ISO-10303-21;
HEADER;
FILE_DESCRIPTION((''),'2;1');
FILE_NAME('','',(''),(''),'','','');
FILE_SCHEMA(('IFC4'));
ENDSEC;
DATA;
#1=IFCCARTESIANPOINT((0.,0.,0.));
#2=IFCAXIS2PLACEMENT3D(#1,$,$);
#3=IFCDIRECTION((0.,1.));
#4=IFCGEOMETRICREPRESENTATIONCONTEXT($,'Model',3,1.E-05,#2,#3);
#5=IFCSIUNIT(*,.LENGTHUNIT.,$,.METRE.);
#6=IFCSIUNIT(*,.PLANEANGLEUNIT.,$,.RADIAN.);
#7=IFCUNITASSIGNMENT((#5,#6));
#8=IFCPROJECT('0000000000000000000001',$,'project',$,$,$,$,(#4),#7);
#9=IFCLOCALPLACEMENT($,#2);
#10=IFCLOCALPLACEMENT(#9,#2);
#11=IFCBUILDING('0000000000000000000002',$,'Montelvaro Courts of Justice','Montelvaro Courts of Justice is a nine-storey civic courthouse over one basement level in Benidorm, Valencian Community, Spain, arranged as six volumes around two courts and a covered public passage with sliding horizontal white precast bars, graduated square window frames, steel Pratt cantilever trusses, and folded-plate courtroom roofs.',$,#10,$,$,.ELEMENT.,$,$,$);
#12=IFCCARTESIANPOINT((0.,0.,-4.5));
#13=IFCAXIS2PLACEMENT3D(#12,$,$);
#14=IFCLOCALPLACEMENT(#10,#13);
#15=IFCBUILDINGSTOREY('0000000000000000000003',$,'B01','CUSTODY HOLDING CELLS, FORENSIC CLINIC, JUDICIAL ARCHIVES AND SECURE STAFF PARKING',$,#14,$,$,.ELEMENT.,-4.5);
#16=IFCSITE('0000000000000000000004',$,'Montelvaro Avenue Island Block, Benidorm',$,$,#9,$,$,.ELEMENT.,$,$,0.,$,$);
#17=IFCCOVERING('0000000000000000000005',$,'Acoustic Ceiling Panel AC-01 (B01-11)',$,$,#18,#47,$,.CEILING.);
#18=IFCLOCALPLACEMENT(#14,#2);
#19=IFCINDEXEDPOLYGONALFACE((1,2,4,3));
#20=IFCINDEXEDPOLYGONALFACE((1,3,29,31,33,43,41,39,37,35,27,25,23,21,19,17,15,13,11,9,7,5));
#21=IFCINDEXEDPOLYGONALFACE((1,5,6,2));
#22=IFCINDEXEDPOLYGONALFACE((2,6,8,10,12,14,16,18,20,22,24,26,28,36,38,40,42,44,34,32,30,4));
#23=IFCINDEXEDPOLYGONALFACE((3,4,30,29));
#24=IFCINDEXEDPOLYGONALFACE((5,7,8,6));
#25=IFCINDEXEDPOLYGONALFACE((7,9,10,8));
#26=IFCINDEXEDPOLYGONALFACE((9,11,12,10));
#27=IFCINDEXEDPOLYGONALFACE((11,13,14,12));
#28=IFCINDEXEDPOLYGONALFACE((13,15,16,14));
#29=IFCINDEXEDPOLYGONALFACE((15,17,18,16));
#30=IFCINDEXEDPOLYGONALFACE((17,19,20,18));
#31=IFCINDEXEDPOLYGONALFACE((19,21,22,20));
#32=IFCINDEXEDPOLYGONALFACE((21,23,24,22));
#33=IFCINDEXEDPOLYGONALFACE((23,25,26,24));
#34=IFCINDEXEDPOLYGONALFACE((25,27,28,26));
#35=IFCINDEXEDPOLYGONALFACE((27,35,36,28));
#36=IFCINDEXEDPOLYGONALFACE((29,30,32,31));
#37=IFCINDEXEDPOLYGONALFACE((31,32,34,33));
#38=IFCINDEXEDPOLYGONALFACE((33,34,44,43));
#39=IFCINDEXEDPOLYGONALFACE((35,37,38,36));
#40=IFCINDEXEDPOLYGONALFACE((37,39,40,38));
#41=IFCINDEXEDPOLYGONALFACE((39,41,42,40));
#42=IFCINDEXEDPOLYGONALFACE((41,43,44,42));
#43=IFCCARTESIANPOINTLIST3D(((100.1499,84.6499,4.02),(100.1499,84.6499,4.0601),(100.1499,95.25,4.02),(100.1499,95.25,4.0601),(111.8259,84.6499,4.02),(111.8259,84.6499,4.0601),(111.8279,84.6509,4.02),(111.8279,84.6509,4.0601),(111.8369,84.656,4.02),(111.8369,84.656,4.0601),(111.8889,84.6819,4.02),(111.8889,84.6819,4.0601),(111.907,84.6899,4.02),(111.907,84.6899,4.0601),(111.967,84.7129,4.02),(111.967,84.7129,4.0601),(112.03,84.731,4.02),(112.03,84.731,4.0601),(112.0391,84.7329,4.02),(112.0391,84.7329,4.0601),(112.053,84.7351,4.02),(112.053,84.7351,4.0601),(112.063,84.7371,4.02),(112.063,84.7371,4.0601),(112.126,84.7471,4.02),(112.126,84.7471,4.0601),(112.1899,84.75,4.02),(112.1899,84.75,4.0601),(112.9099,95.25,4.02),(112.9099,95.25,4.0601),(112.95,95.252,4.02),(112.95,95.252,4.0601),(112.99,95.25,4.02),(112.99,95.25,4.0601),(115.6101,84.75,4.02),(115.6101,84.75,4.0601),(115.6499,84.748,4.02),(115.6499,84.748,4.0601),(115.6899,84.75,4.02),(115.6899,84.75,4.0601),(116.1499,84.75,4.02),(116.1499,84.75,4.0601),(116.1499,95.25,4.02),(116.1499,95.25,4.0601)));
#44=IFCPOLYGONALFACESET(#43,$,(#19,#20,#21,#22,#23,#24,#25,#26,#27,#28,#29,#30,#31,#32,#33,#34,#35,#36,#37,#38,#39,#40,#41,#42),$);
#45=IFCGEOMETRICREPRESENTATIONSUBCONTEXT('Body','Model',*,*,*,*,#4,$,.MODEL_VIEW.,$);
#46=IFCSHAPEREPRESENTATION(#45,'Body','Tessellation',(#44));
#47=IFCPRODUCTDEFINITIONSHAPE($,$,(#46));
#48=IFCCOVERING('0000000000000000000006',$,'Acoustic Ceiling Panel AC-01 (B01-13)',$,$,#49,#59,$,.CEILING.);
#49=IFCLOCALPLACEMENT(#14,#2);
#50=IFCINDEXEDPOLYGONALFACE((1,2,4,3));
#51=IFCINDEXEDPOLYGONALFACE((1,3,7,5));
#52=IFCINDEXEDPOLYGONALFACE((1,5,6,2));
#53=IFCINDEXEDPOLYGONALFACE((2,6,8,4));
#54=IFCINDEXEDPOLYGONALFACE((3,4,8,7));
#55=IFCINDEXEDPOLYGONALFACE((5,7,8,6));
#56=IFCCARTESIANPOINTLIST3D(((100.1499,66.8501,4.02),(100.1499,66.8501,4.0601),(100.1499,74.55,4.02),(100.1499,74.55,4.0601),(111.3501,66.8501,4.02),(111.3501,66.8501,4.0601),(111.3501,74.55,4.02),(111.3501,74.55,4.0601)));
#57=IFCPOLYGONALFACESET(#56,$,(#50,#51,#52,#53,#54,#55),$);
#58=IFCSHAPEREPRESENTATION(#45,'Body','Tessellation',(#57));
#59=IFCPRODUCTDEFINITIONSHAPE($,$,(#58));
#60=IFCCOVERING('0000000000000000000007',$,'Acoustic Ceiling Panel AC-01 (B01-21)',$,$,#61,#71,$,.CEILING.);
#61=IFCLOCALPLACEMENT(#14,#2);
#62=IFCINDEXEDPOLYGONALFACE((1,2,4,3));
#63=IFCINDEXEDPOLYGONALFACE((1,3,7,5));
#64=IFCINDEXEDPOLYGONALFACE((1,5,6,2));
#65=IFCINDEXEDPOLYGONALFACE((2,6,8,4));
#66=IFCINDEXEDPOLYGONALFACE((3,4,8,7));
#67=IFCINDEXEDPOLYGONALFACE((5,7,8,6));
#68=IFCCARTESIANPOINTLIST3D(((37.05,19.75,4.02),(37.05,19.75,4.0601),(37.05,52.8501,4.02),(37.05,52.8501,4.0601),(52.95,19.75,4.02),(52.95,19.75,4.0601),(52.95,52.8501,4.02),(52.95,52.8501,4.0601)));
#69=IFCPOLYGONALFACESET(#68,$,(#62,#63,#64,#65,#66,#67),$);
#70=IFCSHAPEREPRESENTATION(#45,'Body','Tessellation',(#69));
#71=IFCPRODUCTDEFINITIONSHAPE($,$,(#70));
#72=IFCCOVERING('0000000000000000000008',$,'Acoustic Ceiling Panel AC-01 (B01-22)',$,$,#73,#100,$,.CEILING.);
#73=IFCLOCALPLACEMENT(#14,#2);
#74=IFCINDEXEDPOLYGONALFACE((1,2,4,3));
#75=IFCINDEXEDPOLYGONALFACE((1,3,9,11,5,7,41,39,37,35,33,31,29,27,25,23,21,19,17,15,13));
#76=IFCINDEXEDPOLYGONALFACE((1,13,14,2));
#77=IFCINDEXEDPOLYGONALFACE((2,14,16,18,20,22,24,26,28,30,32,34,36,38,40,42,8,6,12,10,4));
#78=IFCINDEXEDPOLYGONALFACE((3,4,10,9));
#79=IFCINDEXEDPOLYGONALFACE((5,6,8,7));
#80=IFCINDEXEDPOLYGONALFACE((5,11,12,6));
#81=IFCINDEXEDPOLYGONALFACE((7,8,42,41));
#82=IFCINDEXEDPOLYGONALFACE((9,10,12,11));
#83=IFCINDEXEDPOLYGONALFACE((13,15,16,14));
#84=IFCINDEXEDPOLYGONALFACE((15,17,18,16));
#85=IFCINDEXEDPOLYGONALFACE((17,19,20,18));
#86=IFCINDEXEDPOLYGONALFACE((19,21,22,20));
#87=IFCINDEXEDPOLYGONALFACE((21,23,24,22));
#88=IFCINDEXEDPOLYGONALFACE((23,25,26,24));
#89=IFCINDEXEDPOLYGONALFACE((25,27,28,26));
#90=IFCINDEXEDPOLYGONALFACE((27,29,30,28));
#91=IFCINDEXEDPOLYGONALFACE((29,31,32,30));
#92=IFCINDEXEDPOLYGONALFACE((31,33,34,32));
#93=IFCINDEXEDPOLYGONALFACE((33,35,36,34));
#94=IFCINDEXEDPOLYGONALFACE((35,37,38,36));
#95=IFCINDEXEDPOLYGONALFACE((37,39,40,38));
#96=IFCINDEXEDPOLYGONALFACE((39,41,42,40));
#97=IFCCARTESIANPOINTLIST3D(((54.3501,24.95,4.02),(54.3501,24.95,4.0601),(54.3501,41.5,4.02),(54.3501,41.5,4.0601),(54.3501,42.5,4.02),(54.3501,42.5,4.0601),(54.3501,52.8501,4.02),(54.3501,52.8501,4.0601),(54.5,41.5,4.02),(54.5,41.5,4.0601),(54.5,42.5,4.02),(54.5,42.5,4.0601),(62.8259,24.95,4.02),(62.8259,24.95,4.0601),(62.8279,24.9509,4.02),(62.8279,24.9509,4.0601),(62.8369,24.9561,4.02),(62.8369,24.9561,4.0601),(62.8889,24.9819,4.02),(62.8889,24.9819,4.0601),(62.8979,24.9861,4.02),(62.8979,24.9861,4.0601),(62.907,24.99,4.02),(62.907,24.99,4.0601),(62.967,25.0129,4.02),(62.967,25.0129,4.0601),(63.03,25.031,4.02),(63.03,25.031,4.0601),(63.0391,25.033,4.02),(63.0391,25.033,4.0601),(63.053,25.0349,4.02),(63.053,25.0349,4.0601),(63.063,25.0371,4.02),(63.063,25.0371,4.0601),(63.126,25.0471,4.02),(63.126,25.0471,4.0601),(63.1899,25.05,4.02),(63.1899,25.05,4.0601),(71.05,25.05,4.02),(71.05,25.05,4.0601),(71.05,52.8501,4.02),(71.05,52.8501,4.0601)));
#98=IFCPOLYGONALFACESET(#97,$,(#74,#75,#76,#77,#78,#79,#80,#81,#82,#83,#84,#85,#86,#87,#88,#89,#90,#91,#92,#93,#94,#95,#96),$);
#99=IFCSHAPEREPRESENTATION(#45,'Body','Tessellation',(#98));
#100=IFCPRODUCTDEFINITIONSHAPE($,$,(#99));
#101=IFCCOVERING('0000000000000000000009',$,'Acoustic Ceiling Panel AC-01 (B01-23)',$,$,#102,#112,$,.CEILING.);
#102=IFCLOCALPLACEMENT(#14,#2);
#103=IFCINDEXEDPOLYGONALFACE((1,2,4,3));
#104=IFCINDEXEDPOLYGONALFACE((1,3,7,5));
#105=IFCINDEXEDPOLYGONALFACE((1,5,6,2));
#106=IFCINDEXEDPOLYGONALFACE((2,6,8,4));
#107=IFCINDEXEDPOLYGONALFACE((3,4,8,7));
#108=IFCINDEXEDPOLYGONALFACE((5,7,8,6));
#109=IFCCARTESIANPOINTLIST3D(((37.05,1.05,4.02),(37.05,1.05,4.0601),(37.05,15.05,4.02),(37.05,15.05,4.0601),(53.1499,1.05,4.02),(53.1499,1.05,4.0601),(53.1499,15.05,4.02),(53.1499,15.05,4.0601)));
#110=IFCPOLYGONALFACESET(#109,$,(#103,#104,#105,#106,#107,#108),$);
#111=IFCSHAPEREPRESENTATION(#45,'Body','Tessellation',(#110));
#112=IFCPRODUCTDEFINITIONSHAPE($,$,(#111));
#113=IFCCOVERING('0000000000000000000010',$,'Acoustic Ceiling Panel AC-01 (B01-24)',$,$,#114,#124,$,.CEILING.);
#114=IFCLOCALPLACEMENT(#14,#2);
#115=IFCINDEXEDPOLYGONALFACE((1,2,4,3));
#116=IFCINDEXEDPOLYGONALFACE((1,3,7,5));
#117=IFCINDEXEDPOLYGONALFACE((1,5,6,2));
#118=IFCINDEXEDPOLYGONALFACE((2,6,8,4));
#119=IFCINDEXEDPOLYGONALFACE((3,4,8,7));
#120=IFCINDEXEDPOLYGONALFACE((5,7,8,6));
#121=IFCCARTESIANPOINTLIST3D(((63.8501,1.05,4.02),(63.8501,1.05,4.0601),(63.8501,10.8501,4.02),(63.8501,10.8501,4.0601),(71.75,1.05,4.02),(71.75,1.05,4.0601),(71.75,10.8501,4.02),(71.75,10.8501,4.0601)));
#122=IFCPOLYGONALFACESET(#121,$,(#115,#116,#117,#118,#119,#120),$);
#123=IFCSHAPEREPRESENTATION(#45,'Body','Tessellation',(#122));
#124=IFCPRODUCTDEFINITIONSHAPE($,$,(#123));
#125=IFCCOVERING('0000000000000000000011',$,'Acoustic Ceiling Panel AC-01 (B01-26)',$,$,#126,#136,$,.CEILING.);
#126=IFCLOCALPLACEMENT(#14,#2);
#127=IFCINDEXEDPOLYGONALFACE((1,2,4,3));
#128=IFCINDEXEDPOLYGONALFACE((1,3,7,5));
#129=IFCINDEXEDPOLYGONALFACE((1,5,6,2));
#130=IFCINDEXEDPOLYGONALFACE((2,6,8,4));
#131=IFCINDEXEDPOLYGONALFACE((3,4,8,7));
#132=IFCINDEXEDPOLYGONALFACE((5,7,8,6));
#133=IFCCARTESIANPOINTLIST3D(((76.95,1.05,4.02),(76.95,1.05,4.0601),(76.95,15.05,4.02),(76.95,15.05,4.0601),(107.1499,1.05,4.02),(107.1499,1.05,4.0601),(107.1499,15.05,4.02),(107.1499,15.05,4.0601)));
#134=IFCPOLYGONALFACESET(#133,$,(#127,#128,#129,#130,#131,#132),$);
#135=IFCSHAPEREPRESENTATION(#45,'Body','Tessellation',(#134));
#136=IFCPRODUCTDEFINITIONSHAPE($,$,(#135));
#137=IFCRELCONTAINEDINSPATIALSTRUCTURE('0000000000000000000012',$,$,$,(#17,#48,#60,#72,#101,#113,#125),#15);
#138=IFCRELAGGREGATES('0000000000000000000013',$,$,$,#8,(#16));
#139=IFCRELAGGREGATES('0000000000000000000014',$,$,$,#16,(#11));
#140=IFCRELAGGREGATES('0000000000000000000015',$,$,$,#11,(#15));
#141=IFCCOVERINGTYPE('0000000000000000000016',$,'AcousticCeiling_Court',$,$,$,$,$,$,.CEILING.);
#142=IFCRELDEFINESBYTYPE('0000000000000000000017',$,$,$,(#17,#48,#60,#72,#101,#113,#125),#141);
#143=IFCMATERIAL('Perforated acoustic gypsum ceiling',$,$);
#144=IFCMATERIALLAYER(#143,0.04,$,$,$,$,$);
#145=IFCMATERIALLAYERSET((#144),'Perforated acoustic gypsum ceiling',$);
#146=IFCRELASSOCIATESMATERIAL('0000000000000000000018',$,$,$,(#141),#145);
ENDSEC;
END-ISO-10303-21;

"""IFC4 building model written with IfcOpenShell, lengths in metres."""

from ifc_helpers import new_model, si_unit, direction, frame, origin, place, context, subcontext, project, spatial, polyline, outline, extrude, material, layer, layer_set, type_object, element, save


model = new_model("IFC4")

# Units and contexts
model_context = context("Model", 3, precision=1e-05, world=origin(), true_north=direction((0.0, 1.0)))
body_context = subcontext(model_context, "Body", "Model", "MODEL_VIEW")
ifc_project = project(units=[si_unit("LENGTHUNIT", "METRE"), si_unit("PLANEANGLEUNIT", "RADIAN")], contexts=[model_context])

# Site, building, storey
site_placement = place(None, origin())
site = spatial("IfcSite", under=ifc_project, at=site_placement, Name="Montelvaro Avenue Island Block, Benidorm", CompositionType="ELEMENT", RefElevation=0.0)
building_placement = place(site_placement, origin())
building = spatial("IfcBuilding", under=site, at=building_placement, Name="Montelvaro Courts of Justice", Description="Montelvaro Courts of Justice is a nine-storey civic courthouse over one basement level in Benidorm, Valencian Community, Spain, arranged as six volumes around two courts and a covered public passage with sliding horizontal white precast bars, graduated square window frames, steel Pratt cantilever trusses, and folded-plate courtroom roofs.", CompositionType="ELEMENT")
storey_placement = place(building_placement, frame((0.0, 0.0, -4.5)))
storey = spatial("IfcBuildingStorey", under=building, at=storey_placement, Name="B01", Description="CUSTODY HOLDING CELLS, FORENSIC CLINIC, JUDICIAL ARCHIVES AND SECURE STAFF PARKING", CompositionType="ELEMENT", Elevation=-4.5)

# Coverings
ifc_material_1 = material(Name="Perforated acoustic gypsum ceiling")
ifc_layer_1 = layer(ifc_material_1, 0.04)
ifc_layer_set_1 = layer_set([ifc_layer_1], Name="Perforated acoustic gypsum ceiling")
covering_type = type_object("IfcCoveringType", Name="AcousticCeiling_Court", PredefinedType="CEILING", material=ifc_layer_set_1)
covering_1_placement = place(storey_placement, frame((0.0, 0.0, 4.02)))
element("IfcCovering", 1, at=covering_1_placement, inside=storey, type_object=covering_type, Name="Acoustic Ceiling Panel AC-01 (B01-11)", PredefinedType="CEILING", context=body_context, shape_type="SweptSolid", body=[
    extrude(outline(polyline([(112.053, 84.7351), (112.0391, 84.7329), (112.03, 84.731), (111.967, 84.7129), (111.907, 84.6899), (111.8889, 84.6819), (111.8369, 84.656), (111.8279, 84.6509), (111.8259, 84.6499), (100.1499, 84.6499), (100.1499, 95.25), (112.9099, 95.25), (112.95, 95.252), (112.99, 95.25), (116.1499, 95.25), (116.1499, 84.75), (115.6899, 84.75), (115.6499, 84.748), (115.6101, 84.75), (112.1899, 84.75), (112.126, 84.7471), (112.063, 84.7371), (112.053, 84.7351)])), origin(), (0.0, 0.0, 1.0), 0.04),
])
covering_2_placement = place(storey_placement, frame((0.0, 0.0, 4.02)))
element("IfcCovering", 2, at=covering_2_placement, inside=storey, type_object=covering_type, Name="Acoustic Ceiling Panel AC-01 (B01-13)", PredefinedType="CEILING", context=body_context, shape_type="SweptSolid", body=[
    extrude(outline(polyline([(100.1499, 74.55), (111.3501, 74.55), (111.3501, 66.8501), (100.1499, 66.8501), (100.1499, 74.55)])), origin(), (0.0, 0.0, 1.0), 0.04),
])
covering_3_placement = place(storey_placement, frame((0.0, 0.0, 4.02)))
element("IfcCovering", 3, at=covering_3_placement, inside=storey, type_object=covering_type, Name="Acoustic Ceiling Panel AC-01 (B01-21)", PredefinedType="CEILING", context=body_context, shape_type="SweptSolid", body=[
    extrude(outline(polyline([(37.05, 52.8501), (52.95, 52.8501), (52.95, 19.75), (37.05, 19.75), (37.05, 52.8501)])), origin(), (0.0, 0.0, 1.0), 0.04),
])
covering_4_placement = place(storey_placement, frame((0.0, 0.0, 4.02)))
element("IfcCovering", 4, at=covering_4_placement, inside=storey, type_object=covering_type, Name="Acoustic Ceiling Panel AC-01 (B01-22)", PredefinedType="CEILING", context=body_context, shape_type="SweptSolid", body=[
    extrude(outline(polyline([(63.053, 25.0349), (63.0391, 25.033), (63.03, 25.031), (62.967, 25.0129), (62.907, 24.99), (62.8979, 24.9861), (62.8889, 24.9819), (62.8369, 24.9561), (62.8279, 24.9509), (62.8259, 24.95), (54.3501, 24.95), (54.3501, 41.5), (54.5, 41.5), (54.5, 42.5), (54.3501, 42.5), (54.3501, 52.8501), (71.05, 52.8501), (71.05, 25.05), (63.1899, 25.05), (63.126, 25.0471), (63.063, 25.0371), (63.053, 25.0349)])), origin(), (0.0, 0.0, 1.0), 0.04),
])
covering_5_placement = place(storey_placement, frame((0.0, 0.0, 4.02)))
element("IfcCovering", 5, at=covering_5_placement, inside=storey, type_object=covering_type, Name="Acoustic Ceiling Panel AC-01 (B01-23)", PredefinedType="CEILING", context=body_context, shape_type="SweptSolid", body=[
    extrude(outline(polyline([(37.05, 1.05), (37.05, 15.05), (53.1499, 15.05), (53.1499, 1.05), (37.05, 1.05)])), origin(), (0.0, 0.0, 1.0), 0.04),
])
covering_6_placement = place(storey_placement, frame((0.0, 0.0, 4.02)))
element("IfcCovering", 6, at=covering_6_placement, inside=storey, type_object=covering_type, Name="Acoustic Ceiling Panel AC-01 (B01-24)", PredefinedType="CEILING", context=body_context, shape_type="SweptSolid", body=[
    extrude(outline(polyline([(63.8501, 1.05), (63.8501, 10.8501), (71.75, 10.8501), (71.75, 1.05), (63.8501, 1.05)])), origin(), (0.0, 0.0, 1.0), 0.04),
])
covering_7_placement = place(storey_placement, frame((0.0, 0.0, 4.02)))
element("IfcCovering", 7, at=covering_7_placement, inside=storey, type_object=covering_type, Name="Acoustic Ceiling Panel AC-01 (B01-26)", PredefinedType="CEILING", context=body_context, shape_type="SweptSolid", body=[
    extrude(outline(polyline([(107.1499, 15.05), (107.1499, 1.05), (76.95, 1.05), (76.95, 15.05), (107.1499, 15.05)])), origin(), (0.0, 0.0, 1.0), 0.04),
])

save(model, "model.ifc")
